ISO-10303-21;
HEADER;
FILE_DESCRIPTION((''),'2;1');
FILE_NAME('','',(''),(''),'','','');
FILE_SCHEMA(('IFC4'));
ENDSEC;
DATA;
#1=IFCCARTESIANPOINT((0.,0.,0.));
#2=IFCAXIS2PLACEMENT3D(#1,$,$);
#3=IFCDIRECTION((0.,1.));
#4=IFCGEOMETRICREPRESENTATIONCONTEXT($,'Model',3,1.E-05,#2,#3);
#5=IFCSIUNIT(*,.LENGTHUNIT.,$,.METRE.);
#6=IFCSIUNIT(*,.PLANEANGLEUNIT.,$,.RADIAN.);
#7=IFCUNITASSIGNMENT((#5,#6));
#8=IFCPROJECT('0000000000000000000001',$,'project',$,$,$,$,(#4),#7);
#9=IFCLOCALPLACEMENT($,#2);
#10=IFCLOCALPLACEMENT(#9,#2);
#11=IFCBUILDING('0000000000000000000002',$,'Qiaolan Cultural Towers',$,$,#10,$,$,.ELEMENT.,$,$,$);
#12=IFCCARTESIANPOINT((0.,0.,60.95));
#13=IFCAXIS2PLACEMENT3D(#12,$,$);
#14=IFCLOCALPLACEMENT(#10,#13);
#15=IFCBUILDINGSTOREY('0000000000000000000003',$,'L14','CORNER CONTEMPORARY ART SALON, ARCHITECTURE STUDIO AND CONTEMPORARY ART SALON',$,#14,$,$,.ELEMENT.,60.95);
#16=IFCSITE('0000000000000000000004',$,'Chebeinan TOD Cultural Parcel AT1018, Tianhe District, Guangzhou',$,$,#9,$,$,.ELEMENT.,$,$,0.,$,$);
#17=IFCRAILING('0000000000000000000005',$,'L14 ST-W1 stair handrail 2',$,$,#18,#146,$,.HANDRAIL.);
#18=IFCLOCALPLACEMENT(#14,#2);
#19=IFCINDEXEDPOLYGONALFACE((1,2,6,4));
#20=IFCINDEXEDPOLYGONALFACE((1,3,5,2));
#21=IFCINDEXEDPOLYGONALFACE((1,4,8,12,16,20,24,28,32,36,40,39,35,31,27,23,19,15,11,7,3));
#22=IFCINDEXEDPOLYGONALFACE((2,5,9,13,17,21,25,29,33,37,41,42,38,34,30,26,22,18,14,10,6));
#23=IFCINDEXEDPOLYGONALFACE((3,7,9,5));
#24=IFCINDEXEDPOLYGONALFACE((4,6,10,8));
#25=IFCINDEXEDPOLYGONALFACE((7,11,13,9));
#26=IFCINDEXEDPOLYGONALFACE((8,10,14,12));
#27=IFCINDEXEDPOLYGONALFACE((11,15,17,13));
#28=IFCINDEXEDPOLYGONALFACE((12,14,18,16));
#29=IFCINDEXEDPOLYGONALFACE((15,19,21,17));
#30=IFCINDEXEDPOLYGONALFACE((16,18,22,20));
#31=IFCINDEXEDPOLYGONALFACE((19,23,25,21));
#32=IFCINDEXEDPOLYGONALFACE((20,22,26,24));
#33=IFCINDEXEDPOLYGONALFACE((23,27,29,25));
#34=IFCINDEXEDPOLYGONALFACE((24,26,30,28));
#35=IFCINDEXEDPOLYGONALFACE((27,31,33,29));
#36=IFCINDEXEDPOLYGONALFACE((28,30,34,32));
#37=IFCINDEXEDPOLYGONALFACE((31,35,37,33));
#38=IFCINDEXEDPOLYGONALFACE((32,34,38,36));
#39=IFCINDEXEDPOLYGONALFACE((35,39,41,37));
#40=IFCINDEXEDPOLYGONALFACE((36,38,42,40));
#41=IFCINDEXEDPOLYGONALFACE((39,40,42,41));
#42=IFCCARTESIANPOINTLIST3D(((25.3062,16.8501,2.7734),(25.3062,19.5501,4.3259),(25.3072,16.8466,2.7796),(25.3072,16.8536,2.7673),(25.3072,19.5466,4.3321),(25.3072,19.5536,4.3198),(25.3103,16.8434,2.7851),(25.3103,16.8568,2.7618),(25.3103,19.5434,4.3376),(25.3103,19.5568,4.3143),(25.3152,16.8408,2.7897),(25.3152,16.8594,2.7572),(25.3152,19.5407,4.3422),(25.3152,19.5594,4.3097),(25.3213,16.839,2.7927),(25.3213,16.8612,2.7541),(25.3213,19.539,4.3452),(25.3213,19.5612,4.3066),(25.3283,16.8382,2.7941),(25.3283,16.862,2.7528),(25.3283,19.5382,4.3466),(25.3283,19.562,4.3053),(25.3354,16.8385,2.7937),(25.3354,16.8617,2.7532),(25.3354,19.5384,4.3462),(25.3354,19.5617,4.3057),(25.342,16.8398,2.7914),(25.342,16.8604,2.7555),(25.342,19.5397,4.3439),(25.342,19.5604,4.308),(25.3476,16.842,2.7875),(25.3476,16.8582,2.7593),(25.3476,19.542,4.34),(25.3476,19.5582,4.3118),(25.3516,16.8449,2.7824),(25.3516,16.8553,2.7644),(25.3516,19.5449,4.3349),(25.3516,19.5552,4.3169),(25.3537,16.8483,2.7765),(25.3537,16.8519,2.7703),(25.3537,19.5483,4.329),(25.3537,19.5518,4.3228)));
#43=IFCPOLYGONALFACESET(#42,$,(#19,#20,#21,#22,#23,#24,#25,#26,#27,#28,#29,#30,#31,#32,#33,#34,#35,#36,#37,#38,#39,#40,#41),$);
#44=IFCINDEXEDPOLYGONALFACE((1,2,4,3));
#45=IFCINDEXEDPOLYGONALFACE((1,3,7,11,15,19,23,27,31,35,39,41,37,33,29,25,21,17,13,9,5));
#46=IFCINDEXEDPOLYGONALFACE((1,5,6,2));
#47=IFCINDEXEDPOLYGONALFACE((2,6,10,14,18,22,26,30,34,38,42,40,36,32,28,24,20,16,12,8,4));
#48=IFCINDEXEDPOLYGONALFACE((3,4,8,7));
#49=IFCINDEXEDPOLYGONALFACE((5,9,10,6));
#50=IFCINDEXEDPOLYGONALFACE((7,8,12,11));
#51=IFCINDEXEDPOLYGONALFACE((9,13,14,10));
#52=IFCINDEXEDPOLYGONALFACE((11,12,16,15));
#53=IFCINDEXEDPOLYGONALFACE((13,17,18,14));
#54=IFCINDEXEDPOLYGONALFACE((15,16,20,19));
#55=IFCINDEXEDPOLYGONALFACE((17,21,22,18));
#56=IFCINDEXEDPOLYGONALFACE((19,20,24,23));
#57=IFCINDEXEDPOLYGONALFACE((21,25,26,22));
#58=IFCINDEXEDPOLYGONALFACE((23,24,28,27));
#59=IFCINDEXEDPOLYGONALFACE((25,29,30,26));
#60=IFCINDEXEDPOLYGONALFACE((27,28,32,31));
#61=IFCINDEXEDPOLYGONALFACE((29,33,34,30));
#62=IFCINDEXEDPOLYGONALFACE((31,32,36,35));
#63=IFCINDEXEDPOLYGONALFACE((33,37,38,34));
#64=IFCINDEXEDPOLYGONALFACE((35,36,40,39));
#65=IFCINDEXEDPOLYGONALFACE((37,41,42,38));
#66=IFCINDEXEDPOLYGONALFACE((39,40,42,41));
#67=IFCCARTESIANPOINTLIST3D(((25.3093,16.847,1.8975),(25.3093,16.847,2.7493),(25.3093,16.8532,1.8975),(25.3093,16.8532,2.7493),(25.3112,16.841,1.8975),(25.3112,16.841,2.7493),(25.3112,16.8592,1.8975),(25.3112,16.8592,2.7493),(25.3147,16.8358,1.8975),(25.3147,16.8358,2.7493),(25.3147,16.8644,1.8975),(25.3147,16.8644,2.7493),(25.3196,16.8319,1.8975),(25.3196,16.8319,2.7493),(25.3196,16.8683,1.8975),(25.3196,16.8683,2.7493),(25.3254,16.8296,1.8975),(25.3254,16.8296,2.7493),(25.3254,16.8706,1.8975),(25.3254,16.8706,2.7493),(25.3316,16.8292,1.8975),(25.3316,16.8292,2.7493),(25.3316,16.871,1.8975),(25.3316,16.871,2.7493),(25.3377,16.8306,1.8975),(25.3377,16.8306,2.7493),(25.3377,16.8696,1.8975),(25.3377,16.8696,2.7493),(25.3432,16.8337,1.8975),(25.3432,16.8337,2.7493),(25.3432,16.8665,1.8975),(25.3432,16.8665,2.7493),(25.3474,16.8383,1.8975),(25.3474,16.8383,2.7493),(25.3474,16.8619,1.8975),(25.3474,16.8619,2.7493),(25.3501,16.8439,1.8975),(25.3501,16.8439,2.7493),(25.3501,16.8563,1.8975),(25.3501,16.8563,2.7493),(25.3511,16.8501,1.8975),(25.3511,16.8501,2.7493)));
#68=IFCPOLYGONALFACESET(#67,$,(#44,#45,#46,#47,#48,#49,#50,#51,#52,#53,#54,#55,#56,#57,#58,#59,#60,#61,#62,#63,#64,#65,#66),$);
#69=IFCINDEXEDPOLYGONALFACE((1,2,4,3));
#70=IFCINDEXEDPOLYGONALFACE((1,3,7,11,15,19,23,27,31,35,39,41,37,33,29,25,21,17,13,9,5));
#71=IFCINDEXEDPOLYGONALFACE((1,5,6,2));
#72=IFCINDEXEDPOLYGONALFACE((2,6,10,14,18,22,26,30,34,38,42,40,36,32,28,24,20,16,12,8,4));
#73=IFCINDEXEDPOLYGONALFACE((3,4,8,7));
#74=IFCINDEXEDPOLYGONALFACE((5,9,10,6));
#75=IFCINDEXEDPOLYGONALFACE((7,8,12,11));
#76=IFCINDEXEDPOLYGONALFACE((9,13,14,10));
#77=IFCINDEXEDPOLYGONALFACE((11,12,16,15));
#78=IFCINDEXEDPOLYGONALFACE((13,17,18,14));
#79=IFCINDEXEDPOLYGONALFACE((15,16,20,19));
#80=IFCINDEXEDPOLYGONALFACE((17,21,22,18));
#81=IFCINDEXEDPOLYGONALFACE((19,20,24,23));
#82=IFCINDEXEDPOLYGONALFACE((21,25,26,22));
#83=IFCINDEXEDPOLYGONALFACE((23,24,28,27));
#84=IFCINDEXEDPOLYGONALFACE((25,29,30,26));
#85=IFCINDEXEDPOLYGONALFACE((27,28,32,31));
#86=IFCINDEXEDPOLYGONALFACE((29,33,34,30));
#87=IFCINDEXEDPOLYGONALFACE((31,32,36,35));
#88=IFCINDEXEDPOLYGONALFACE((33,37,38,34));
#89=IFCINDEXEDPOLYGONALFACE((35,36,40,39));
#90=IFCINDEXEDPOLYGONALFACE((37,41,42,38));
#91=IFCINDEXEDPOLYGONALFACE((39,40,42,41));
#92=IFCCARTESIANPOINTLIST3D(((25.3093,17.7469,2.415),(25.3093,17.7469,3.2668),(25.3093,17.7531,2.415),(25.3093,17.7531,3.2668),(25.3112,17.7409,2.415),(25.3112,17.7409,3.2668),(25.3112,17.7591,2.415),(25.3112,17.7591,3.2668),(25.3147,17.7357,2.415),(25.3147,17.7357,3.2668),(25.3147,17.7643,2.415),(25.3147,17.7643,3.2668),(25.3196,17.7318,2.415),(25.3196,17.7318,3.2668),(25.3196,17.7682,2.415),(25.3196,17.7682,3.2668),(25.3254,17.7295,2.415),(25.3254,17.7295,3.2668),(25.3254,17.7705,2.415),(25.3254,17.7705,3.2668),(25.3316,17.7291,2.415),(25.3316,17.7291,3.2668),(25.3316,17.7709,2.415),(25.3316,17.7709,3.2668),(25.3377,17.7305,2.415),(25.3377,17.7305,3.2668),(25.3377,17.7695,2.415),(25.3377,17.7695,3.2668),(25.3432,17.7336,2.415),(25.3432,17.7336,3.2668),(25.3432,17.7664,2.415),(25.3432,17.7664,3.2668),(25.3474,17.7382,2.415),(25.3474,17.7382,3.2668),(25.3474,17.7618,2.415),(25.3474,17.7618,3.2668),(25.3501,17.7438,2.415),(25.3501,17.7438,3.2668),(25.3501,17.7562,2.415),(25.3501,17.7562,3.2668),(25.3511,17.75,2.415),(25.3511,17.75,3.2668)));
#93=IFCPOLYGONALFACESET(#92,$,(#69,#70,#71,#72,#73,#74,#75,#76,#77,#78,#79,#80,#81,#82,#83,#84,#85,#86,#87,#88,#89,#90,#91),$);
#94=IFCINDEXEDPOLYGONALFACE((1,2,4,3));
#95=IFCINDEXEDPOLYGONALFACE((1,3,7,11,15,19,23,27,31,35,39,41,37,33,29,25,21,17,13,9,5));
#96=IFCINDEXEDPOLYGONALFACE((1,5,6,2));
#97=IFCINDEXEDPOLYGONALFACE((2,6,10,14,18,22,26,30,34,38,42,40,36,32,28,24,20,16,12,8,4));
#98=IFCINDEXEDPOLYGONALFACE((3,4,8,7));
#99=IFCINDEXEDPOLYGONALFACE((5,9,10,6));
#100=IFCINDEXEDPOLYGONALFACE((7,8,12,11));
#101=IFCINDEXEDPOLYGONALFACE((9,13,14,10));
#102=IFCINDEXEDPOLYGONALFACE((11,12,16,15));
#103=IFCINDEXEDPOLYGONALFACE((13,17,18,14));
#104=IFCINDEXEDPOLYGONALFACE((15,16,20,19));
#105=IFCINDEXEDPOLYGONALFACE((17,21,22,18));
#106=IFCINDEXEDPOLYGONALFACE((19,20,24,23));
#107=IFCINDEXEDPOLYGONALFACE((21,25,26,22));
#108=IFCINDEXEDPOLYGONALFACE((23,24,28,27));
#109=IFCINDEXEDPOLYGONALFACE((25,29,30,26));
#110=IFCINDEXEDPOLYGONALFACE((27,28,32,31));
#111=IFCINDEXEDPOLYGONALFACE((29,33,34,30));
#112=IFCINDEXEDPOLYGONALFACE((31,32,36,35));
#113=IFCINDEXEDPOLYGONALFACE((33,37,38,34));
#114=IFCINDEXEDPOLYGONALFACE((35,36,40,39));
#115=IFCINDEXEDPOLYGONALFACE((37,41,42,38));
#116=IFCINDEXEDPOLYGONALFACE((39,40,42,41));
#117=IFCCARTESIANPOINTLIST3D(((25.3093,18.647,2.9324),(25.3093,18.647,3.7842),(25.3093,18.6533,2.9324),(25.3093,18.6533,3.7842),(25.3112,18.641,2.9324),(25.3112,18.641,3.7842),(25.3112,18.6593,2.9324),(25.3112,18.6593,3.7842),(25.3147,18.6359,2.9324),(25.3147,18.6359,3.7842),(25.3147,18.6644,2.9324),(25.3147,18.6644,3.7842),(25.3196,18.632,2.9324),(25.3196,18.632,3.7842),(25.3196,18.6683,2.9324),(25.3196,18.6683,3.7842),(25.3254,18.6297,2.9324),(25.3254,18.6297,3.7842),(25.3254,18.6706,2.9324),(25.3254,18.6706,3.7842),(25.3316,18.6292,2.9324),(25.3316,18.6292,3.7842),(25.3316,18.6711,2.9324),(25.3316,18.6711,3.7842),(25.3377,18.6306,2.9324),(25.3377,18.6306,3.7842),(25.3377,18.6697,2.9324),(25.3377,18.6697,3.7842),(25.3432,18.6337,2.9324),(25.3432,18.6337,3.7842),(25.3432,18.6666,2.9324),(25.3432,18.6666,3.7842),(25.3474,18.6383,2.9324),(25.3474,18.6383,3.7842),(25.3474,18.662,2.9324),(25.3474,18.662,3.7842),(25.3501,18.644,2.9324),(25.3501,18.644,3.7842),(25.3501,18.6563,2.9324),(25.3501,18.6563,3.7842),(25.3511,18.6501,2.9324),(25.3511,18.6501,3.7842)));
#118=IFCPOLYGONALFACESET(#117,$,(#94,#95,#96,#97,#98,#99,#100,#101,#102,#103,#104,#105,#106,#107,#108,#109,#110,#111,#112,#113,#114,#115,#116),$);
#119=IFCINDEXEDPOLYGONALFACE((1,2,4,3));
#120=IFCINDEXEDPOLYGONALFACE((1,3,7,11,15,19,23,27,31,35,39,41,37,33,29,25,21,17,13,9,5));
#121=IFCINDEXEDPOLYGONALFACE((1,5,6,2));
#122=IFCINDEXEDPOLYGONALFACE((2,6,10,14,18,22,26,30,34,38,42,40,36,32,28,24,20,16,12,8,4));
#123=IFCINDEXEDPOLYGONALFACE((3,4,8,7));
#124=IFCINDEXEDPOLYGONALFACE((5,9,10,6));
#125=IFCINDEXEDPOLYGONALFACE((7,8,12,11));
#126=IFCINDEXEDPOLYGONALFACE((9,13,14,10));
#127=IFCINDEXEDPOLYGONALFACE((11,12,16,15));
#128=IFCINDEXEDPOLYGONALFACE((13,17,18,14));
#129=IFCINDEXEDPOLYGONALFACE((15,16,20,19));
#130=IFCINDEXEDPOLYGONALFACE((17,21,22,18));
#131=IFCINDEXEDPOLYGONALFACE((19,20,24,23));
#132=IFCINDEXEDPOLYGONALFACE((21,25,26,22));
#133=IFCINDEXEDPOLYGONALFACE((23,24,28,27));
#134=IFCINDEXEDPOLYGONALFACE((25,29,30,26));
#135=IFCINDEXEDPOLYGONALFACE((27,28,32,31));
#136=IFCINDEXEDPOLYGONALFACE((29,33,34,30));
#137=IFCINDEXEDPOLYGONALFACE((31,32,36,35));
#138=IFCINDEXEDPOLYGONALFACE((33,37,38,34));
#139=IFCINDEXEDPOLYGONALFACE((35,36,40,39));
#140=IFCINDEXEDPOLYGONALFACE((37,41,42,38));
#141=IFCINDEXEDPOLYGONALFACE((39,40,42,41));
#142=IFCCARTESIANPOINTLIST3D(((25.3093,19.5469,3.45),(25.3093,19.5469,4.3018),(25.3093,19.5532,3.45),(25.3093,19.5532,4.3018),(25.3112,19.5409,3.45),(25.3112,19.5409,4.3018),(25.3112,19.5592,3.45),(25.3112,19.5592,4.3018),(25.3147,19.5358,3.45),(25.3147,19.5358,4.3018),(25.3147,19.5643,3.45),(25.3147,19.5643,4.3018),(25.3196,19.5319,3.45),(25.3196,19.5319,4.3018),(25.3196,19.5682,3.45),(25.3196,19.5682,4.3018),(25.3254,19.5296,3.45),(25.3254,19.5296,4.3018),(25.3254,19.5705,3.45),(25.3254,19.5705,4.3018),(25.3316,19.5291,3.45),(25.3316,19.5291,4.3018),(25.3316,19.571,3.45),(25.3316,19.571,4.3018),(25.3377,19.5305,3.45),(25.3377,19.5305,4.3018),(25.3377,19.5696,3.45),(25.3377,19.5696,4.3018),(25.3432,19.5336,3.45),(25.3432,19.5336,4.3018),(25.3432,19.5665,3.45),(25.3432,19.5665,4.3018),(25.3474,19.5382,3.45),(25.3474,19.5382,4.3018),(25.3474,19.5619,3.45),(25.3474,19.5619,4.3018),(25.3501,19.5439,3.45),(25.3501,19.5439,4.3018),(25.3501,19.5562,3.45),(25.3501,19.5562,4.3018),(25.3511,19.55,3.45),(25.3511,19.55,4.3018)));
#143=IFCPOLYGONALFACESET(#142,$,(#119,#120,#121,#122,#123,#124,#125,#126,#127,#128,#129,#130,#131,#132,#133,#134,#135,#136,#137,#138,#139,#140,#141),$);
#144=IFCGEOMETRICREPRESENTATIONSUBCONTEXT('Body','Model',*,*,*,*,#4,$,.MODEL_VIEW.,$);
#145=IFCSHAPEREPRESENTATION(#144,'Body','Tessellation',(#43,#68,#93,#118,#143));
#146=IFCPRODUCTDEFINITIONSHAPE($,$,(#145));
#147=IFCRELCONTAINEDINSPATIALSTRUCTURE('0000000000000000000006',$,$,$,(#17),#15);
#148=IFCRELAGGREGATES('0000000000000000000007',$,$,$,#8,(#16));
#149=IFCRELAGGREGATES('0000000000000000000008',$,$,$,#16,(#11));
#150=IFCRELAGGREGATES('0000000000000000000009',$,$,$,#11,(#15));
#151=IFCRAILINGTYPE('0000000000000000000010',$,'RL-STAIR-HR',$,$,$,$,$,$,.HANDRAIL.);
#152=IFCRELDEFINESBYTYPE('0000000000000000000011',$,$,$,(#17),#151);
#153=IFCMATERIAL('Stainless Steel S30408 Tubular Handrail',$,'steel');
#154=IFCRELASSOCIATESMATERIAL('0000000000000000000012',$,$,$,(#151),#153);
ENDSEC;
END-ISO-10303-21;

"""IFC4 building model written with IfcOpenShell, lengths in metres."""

from ifc_helpers import new_model, si_unit, direction, frame, origin, origin_2d, place, context, subcontext, project, spatial, circle, extrude, material, type_object, element, save


model = new_model("IFC4")

# Units and contexts
model_context = context("Model", 3, precision=1e-05, world=origin(), true_north=direction((0.0, 1.0)))
body_context = subcontext(model_context, "Body", "Model", "MODEL_VIEW")
ifc_project = project(units=[si_unit("LENGTHUNIT", "METRE"), si_unit("PLANEANGLEUNIT", "RADIAN")], contexts=[model_context])

# Site, building, storey
site_placement = place(None, origin())
site = spatial("IfcSite", under=ifc_project, at=site_placement, Name="Chebeinan TOD Cultural Parcel AT1018, Tianhe District, Guangzhou", CompositionType="ELEMENT", RefElevation=0.0)
building_placement = place(site_placement, origin())
building = spatial("IfcBuilding", under=site, at=building_placement, Name="Qiaolan Cultural Towers", CompositionType="ELEMENT")
storey_placement = place(building_placement, frame((0.0, 0.0, 60.95)))
storey = spatial("IfcBuildingStorey", under=building, at=storey_placement, Name="L14", Description="CORNER CONTEMPORARY ART SALON, ARCHITECTURE STUDIO AND CONTEMPORARY ART SALON", CompositionType="ELEMENT", Elevation=60.95)

# Railing
ifc_material_1 = material(Name="Stainless Steel S30408 Tubular Handrail", Category="steel")
railing_type = type_object("IfcRailingType", Name="RL-STAIR-HR", PredefinedType="HANDRAIL", material=ifc_material_1)
railing_placement = place(storey_placement, frame((25.3301, 16.8501, 1.8975)))
element("IfcRailing", 1, at=railing_placement, inside=storey, type_object=railing_type, Name="L14 ST-W1 stair handrail 2", PredefinedType="HANDRAIL", context=body_context, shape_type="SweptSolid", body=[
    extrude(circle(Radius=0.0239, at=origin_2d()), frame((0.0, 0.0, 0.876), z_axis=(0.0, 0.866904, 0.498476), x_axis=(-1.0, 0.0, 0.0)), (0.0, 0.0, 1.0), 3.1145),
    extrude(circle(Radius=0.021, at=origin_2d()), origin(), (0.0, 0.0, 1.0), 0.8518),
    extrude(circle(Radius=0.021, at=origin_2d()), frame((0.0, 0.8999, 0.5176)), (0.0, 0.0, 1.0), 0.8518),
    extrude(circle(Radius=0.021, at=origin_2d()), frame((0.0, 1.8, 1.0349)), (0.0, 0.0, 1.0), 0.8518),
    extrude(circle(Radius=0.021, at=origin_2d()), frame((0.0, 2.7, 1.5525)), (0.0, 0.0, 1.0), 0.8518),
])

save(model, "model.ifc")
